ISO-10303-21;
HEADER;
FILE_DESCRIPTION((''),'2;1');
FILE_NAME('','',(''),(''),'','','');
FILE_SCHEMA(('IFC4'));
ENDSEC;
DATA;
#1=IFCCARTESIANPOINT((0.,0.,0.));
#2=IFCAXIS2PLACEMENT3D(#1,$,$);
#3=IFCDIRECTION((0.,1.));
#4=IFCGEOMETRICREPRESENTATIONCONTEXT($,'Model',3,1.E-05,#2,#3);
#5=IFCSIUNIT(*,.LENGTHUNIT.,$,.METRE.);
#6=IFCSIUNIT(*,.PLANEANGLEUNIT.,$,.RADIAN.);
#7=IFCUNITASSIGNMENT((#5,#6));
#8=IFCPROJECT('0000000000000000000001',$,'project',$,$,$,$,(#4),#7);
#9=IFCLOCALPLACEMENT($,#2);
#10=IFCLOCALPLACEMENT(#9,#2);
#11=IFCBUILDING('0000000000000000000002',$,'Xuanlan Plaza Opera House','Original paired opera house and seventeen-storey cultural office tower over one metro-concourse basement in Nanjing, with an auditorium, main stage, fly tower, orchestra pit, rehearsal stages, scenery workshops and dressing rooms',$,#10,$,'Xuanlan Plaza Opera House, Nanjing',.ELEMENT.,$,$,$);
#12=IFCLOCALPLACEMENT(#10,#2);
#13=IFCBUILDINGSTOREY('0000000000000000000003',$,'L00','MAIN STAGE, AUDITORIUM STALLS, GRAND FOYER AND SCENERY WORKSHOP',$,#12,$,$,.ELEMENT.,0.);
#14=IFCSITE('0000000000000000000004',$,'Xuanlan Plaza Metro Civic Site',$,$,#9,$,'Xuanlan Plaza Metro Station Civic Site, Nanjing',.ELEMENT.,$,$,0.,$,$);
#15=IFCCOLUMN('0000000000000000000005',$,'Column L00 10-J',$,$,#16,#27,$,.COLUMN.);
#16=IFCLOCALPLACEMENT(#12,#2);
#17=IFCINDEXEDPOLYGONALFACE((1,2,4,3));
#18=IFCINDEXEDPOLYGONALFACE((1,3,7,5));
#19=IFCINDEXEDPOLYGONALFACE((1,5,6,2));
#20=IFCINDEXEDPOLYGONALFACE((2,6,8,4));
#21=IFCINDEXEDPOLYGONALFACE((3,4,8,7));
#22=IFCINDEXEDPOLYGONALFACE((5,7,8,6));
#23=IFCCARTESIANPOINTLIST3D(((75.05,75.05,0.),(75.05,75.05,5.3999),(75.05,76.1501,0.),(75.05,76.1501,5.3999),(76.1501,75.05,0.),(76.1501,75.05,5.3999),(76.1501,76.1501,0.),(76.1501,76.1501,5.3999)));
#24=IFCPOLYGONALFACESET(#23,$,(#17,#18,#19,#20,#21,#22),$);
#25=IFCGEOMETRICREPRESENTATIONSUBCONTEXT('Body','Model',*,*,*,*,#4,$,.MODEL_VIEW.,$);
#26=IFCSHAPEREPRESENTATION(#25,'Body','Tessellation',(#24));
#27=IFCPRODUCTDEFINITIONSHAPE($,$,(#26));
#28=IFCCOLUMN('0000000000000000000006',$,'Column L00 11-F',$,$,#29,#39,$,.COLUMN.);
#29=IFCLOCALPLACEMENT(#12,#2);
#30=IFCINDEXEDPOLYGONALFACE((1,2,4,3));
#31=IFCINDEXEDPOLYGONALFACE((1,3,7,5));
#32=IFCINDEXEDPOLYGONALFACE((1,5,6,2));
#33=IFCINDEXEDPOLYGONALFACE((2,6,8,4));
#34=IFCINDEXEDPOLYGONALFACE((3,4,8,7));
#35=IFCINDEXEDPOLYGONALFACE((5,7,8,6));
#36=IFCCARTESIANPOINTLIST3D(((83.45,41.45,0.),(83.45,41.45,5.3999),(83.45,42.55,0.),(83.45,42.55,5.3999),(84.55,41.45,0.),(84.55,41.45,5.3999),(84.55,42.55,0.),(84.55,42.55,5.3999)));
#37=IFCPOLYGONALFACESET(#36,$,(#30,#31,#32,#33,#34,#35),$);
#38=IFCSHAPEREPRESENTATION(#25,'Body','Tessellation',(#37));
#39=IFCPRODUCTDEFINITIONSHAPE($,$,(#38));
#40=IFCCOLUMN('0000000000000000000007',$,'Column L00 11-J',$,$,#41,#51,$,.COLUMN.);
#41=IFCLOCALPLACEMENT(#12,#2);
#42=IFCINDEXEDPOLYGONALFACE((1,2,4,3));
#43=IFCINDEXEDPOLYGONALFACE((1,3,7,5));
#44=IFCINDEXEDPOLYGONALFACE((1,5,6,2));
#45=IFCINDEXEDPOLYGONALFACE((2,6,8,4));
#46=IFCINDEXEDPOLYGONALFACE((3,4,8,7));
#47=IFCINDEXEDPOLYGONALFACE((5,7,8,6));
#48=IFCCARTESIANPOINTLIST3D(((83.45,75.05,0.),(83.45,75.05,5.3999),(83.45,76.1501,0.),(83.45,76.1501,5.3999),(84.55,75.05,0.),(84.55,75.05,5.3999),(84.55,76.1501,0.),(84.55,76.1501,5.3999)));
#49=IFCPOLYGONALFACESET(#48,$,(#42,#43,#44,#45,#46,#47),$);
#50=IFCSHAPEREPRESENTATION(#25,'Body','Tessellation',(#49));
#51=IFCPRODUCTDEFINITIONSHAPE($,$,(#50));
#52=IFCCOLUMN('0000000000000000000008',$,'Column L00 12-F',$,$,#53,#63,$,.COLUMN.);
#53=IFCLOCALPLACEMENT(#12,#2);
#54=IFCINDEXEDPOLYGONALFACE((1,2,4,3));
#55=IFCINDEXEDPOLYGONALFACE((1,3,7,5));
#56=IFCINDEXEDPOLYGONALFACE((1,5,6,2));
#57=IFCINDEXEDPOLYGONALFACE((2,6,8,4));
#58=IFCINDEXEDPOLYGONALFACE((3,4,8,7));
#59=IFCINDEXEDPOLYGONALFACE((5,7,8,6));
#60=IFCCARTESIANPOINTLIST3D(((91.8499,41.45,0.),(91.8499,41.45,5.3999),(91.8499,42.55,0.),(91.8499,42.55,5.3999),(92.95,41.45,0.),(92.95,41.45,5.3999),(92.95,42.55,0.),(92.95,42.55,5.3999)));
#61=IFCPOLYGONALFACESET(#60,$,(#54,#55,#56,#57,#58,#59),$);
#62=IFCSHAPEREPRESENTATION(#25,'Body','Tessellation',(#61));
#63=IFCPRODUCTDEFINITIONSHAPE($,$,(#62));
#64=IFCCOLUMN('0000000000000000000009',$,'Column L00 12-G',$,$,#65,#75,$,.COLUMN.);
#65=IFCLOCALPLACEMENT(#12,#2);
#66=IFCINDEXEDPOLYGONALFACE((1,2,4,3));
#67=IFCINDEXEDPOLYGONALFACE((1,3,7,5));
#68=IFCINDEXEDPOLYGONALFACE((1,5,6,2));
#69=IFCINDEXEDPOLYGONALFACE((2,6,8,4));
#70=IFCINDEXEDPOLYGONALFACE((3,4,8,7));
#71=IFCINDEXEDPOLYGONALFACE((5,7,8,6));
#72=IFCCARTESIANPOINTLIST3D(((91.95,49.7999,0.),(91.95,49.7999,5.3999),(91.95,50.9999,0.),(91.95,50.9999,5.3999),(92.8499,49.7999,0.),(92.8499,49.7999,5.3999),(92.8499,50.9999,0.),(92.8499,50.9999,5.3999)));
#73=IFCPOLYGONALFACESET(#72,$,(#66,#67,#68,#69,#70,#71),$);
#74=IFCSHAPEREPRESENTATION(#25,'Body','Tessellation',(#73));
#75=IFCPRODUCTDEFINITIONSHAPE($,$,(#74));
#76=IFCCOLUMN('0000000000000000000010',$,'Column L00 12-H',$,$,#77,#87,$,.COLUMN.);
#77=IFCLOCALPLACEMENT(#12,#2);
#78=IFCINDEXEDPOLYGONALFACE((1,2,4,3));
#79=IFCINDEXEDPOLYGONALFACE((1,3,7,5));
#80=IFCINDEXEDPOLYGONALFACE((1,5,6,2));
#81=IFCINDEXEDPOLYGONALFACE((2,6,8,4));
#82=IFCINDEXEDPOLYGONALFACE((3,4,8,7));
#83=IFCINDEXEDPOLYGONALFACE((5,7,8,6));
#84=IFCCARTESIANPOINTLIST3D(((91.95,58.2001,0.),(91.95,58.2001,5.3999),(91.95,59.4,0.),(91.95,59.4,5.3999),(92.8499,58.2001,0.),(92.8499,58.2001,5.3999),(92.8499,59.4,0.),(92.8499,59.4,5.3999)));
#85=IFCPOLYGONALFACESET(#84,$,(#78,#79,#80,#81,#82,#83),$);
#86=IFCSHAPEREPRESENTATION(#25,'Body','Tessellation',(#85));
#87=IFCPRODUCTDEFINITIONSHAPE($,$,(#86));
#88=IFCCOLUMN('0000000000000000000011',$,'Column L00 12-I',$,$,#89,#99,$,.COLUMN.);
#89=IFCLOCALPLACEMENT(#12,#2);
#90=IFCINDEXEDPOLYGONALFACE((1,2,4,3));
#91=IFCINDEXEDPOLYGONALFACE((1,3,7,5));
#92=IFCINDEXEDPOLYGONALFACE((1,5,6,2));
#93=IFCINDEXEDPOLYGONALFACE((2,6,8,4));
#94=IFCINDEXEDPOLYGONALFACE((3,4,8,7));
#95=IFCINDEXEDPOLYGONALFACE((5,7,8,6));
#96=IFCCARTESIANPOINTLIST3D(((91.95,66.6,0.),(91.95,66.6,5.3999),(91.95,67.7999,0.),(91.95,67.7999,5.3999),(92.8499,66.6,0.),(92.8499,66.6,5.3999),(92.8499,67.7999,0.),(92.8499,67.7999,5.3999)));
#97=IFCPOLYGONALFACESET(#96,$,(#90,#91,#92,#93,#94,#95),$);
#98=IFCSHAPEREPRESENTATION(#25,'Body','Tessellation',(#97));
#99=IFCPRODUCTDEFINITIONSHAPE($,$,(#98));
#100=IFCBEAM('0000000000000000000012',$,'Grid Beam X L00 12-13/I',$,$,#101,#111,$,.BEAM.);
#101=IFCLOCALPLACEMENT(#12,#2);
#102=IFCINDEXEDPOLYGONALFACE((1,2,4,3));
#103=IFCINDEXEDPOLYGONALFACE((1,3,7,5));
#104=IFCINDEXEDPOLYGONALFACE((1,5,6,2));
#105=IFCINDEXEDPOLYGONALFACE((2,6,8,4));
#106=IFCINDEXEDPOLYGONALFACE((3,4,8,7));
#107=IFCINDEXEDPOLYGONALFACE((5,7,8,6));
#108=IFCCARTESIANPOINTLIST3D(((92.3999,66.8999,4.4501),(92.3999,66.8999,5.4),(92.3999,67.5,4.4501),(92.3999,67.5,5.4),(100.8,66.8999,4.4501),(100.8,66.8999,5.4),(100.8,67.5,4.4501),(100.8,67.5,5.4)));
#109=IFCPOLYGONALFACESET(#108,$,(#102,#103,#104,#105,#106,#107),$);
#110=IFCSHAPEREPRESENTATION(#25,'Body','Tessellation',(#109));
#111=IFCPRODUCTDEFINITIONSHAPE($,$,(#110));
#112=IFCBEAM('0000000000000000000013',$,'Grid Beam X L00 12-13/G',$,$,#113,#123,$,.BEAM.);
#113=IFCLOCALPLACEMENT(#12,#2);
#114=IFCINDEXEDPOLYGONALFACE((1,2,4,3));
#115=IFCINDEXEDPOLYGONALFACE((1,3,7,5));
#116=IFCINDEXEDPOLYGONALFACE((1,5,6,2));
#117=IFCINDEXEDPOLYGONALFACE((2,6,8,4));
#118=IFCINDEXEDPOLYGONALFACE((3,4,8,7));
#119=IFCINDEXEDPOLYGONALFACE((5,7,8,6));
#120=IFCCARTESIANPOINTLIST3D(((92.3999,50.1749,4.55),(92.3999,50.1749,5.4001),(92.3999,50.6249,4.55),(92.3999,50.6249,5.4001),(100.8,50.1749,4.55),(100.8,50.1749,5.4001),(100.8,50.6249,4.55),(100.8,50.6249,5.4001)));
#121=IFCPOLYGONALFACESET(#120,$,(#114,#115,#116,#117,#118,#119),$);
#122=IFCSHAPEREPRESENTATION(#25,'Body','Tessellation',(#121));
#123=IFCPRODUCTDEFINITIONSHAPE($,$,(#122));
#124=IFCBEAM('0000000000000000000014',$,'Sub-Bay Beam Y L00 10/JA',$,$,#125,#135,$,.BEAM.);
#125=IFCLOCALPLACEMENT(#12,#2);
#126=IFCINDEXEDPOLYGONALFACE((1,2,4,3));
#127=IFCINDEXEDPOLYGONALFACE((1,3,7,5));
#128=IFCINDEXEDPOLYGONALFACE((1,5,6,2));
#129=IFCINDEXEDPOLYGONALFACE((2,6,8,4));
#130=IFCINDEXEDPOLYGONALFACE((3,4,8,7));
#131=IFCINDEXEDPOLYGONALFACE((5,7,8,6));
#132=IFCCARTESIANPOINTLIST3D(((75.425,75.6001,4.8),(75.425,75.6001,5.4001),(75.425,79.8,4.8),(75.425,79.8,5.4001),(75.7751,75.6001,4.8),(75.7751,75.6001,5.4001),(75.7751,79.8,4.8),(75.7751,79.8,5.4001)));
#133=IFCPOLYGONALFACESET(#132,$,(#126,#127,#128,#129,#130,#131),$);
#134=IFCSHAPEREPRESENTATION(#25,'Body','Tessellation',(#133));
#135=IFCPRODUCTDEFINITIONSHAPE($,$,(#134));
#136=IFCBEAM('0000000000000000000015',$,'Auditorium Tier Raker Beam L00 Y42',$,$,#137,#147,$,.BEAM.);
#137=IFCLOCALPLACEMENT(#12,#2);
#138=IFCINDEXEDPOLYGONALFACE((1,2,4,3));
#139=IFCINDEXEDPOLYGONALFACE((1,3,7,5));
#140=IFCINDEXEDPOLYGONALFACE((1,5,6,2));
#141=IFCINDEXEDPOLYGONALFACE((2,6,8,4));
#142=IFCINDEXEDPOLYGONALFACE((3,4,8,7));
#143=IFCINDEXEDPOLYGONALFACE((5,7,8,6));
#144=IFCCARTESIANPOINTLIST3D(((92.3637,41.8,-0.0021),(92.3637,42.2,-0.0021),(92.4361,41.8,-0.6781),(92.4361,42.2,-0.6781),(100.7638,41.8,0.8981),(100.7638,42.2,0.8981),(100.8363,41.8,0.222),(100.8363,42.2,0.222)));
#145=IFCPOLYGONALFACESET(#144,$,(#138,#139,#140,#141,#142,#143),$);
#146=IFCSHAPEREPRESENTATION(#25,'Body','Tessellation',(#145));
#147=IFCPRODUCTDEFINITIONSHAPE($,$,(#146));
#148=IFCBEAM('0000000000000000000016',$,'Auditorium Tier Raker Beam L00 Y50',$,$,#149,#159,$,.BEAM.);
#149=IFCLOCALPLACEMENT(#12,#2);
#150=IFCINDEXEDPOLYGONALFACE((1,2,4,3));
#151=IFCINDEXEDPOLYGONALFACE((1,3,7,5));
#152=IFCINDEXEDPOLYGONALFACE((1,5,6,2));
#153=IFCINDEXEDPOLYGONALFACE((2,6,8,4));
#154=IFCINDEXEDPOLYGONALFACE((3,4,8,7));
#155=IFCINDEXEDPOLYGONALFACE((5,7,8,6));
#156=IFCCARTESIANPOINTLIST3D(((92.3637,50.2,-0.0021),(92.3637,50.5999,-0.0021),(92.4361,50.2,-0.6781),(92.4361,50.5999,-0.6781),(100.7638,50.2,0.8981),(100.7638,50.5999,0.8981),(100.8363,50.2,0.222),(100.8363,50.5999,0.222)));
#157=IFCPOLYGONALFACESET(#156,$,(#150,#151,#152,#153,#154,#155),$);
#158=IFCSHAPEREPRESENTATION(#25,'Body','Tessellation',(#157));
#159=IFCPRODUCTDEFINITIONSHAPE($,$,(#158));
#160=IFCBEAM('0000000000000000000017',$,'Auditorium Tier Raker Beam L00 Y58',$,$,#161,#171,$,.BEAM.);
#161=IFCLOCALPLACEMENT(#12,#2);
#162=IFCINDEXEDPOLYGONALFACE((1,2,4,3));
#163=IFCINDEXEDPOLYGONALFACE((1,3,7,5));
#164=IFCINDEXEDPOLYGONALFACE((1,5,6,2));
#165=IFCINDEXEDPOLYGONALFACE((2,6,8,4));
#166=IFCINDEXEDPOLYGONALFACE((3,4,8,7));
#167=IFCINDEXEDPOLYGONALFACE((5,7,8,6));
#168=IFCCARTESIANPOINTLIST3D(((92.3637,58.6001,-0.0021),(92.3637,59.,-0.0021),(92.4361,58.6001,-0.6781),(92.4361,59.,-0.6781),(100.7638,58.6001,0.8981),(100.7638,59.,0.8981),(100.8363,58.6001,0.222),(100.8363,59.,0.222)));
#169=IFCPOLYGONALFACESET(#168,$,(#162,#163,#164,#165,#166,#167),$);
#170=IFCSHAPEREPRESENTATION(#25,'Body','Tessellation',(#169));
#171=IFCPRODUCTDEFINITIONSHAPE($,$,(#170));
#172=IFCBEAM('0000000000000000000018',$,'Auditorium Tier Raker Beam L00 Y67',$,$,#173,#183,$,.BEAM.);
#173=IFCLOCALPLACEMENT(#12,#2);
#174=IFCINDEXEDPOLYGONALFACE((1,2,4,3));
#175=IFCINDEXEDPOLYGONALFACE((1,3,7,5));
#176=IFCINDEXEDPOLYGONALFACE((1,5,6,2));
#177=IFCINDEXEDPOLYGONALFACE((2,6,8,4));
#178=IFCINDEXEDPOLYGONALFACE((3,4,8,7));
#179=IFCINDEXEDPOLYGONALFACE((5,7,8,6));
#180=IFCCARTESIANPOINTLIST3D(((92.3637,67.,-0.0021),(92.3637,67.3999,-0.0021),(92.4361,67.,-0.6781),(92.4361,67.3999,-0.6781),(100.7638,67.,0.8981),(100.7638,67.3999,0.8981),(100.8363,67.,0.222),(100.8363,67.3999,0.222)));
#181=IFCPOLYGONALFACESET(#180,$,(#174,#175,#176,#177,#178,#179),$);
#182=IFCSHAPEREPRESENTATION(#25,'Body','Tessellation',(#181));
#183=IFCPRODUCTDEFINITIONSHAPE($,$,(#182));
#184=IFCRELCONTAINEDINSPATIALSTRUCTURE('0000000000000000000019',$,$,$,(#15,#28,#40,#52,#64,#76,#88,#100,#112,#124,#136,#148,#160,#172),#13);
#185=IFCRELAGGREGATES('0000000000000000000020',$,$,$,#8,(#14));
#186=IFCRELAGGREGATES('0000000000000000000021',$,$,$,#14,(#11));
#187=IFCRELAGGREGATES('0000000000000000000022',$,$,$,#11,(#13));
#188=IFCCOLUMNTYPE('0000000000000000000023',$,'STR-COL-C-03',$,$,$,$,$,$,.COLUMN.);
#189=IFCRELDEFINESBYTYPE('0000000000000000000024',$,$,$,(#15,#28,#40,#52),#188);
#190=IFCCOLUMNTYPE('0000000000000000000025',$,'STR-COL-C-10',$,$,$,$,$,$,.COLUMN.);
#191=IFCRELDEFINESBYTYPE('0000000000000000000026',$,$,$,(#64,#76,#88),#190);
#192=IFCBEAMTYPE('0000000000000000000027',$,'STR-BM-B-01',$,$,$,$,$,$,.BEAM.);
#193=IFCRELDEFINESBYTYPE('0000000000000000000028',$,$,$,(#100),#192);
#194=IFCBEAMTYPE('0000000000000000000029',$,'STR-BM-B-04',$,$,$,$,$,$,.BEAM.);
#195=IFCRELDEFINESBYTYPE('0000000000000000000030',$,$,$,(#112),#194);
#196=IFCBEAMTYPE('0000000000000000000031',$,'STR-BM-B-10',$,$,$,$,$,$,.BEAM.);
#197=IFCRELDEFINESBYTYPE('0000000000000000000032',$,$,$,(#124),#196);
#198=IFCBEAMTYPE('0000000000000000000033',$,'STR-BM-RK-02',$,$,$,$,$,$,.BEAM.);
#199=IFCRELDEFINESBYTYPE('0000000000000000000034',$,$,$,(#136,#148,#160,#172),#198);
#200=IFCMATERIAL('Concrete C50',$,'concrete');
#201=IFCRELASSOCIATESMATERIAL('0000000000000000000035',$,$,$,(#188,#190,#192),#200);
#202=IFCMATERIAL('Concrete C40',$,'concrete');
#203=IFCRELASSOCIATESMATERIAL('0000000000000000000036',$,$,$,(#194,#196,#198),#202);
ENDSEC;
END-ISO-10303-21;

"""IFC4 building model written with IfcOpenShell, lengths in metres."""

from ifc_helpers import new_model, si_unit, direction, frame, origin, origin_2d, place, context, subcontext, project, spatial, rectangle, extrude, material, material_profile, profile_set, type_object, element, save


model = new_model("IFC4")

# Units and contexts
model_context = context("Model", 3, precision=1e-05, world=origin(), true_north=direction((0.0, 1.0)))
body_context = subcontext(model_context, "Body", "Model", "MODEL_VIEW")
ifc_project = project(units=[si_unit("LENGTHUNIT", "METRE"), si_unit("PLANEANGLEUNIT", "RADIAN")], contexts=[model_context])

# Site, building, storey
site_placement = place(None, origin())
site = spatial("IfcSite", under=ifc_project, at=site_placement, Name="Xuanlan Plaza Metro Civic Site", LongName="Xuanlan Plaza Metro Station Civic Site, Nanjing", CompositionType="ELEMENT", RefElevation=0.0)
building_placement = place(site_placement, origin())
building = spatial("IfcBuilding", under=site, at=building_placement, Name="Xuanlan Plaza Opera House", Description="Original paired opera house and seventeen-storey cultural office tower over one metro-concourse basement in Nanjing, with an auditorium, main stage, fly tower, orchestra pit, rehearsal stages, scenery workshops and dressing rooms", LongName="Xuanlan Plaza Opera House, Nanjing", CompositionType="ELEMENT")
storey_placement = place(building_placement, origin())
storey = spatial("IfcBuildingStorey", under=building, at=storey_placement, Name="L00", Description="MAIN STAGE, AUDITORIUM STALLS, GRAND FOYER AND SCENERY WORKSHOP", CompositionType="ELEMENT", Elevation=0.0)

# Columns
ifc_material_1 = material(Name="Concrete C50", Category="concrete")
ifc_material_profile_1 = material_profile(ifc_material_1, rectangle(XDim=1.1001, YDim=1.1001, at=origin_2d()), Name="RC-COL 1100x1100")
ifc_profile_set_1 = profile_set([ifc_material_profile_1], Name="Concrete C50")
column_type_1 = type_object("IfcColumnType", Name="STR-COL-C-03", PredefinedType="COLUMN", material=ifc_profile_set_1)
for number, where, z_axis, x_axis, name in (
    (1, (75.6001, 75.6001, 0.0), (0.0, 0.0, 1.0), (1.0, 0.0, 0.0), "Column L00 10-J"),
    (2, (84.0, 42.0, 0.0), (0.0, 0.0, 1.0), (1.0, 0.0, 0.0), "Column L00 11-F"),
    (3, (84.0, 75.6001, 0.0), (0.0, 0.0, 1.0), (1.0, 0.0, 0.0), "Column L00 11-J"),
    (4, (92.3999, 42.0, 0.0), (0.0, 0.0, 1.0), (1.0, 0.0, 0.0), "Column L00 12-F"),
):
    element("IfcColumn", number, at=place(storey_placement, frame(where, z_axis=z_axis, x_axis=x_axis)), inside=storey, type_object=column_type_1, Name=name, PredefinedType="COLUMN", context=body_context, shape_type="SweptSolid", body=[
        extrude(rectangle(XDim=1.1001, YDim=1.1001, at=origin_2d()), origin(), (0.0, 0.0, 1.0), 5.3999),
    ])
ifc_material_profile_2 = material_profile(ifc_material_1, rectangle(XDim=0.8999, YDim=1.2, at=origin_2d()), Name="RC-COL 900x1200")
ifc_profile_set_2 = profile_set([ifc_material_profile_2], Name="Concrete C50")
column_type_2 = type_object("IfcColumnType", Name="STR-COL-C-10", PredefinedType="COLUMN", material=ifc_profile_set_2)
for number, where, z_axis, x_axis, name in (
    (5, (92.3999, 50.3999, 0.0), (0.0, 0.0, 1.0), (1.0, 0.0, 0.0), "Column L00 12-G"),
    (6, (92.3999, 58.8, 0.0), (0.0, 0.0, 1.0), (1.0, 0.0, 0.0), "Column L00 12-H"),
    (7, (92.3999, 67.2, 0.0), (0.0, 0.0, 1.0), (1.0, 0.0, 0.0), "Column L00 12-I"),
):
    element("IfcColumn", number, at=place(storey_placement, frame(where, z_axis=z_axis, x_axis=x_axis)), inside=storey, type_object=column_type_2, Name=name, PredefinedType="COLUMN", context=body_context, shape_type="SweptSolid", body=[
        extrude(rectangle(XDim=0.8999, YDim=1.2, at=origin_2d()), origin(), (0.0, 0.0, 1.0), 5.3999),
    ])

# Beams
ifc_material_profile_3 = material_profile(ifc_material_1, rectangle(XDim=0.6001, YDim=0.95, at=origin_2d()), Name="RC-BM 600x950")
ifc_profile_set_3 = profile_set([ifc_material_profile_3], Name="Concrete C50")
beam_type_1 = type_object("IfcBeamType", Name="STR-BM-B-01", PredefinedType="BEAM", material=ifc_profile_set_3)
beam_1_placement = place(storey_placement, frame((92.3999, 67.2, 4.925), z_axis=(1.0, 0.0, 0.0), x_axis=(0.0, 1.0, 0.0)))
element("IfcBeam", 8, at=beam_1_placement, inside=storey, type_object=beam_type_1, Name="Grid Beam X L00 12-13/I", PredefinedType="BEAM", context=body_context, shape_type="SweptSolid", body=[
    extrude(rectangle(XDim=0.6001, YDim=0.95, at=origin_2d()), origin(), (0.0, 0.0, 1.0), 8.4001),
])
ifc_material_2 = material(Name="Concrete C40", Category="concrete")
ifc_material_profile_4 = material_profile(ifc_material_2, rectangle(XDim=0.45, YDim=0.8501, at=origin_2d()), Name="RC-BM 450x850")
ifc_profile_set_4 = profile_set([ifc_material_profile_4], Name="Concrete C40")
beam_type_2 = type_object("IfcBeamType", Name="STR-BM-B-04", PredefinedType="BEAM", material=ifc_profile_set_4)
beam_2_placement = place(storey_placement, frame((92.3999, 50.3999, 4.9751), z_axis=(1.0, 0.0, 0.0), x_axis=(0.0, 1.0, 0.0)))
element("IfcBeam", 9, at=beam_2_placement, inside=storey, type_object=beam_type_2, Name="Grid Beam X L00 12-13/G", PredefinedType="BEAM", context=body_context, shape_type="SweptSolid", body=[
    extrude(rectangle(XDim=0.45, YDim=0.8501, at=origin_2d()), origin(), (0.0, 0.0, 1.0), 8.4001),
])
ifc_material_profile_5 = material_profile(ifc_material_2, rectangle(XDim=0.3501, YDim=0.6001, at=origin_2d()), Name="RC-BM 350x600")
ifc_profile_set_5 = profile_set([ifc_material_profile_5], Name="Concrete C40")
beam_type_3 = type_object("IfcBeamType", Name="STR-BM-B-10", PredefinedType="BEAM", material=ifc_profile_set_5)
beam_3_placement = place(storey_placement, frame((75.6001, 75.6001, 5.1001), z_axis=(0.0, 1.0, 0.0), x_axis=(-1.0, 0.0, 0.0)))
element("IfcBeam", 10, at=beam_3_placement, inside=storey, type_object=beam_type_3, Name="Sub-Bay Beam Y L00 10/JA", PredefinedType="BEAM", context=body_context, shape_type="SweptSolid", body=[
    extrude(rectangle(XDim=0.3501, YDim=0.6001, at=origin_2d()), origin(), (0.0, 0.0, 1.0), 4.2),
])
ifc_material_profile_6 = material_profile(ifc_material_2, rectangle(XDim=0.3999, YDim=0.6799, at=origin_2d()), Name="RC-RKR 400x680")
ifc_profile_set_6 = profile_set([ifc_material_profile_6], Name="Concrete C40")
beam_type_4 = type_object("IfcBeamType", Name="STR-BM-RK-02", PredefinedType="BEAM", material=ifc_profile_set_6)
for number, where, z_axis, x_axis, name in (
    (11, (92.3999, 42.0, -0.3401), (0.994308, 0.0, 0.106548), (0.0, 1.0, 0.0), "Auditorium Tier Raker Beam L00 Y42"),
    (12, (92.3999, 50.3999, -0.3401), (0.994308, 0.0, 0.106548), (0.0, 1.0, 0.0), "Auditorium Tier Raker Beam L00 Y50"),
    (13, (92.3999, 58.8, -0.3401), (0.994308, 0.0, 0.106548), (0.0, 1.0, 0.0), "Auditorium Tier Raker Beam L00 Y58"),
    (14, (92.3999, 67.2, -0.3401), (0.994308, 0.0, 0.106548), (0.0, 1.0, 0.0), "Auditorium Tier Raker Beam L00 Y67"),
):
    element("IfcBeam", number, at=place(storey_placement, frame(where, z_axis=z_axis, x_axis=x_axis)), inside=storey, type_object=beam_type_4, Name=name, PredefinedType="BEAM", context=body_context, shape_type="SweptSolid", body=[
        extrude(rectangle(XDim=0.3999, YDim=0.6799, at=origin_2d()), origin(), (0.0, 0.0, 1.0), 8.4482),
    ])

save(model, "model.ifc")
